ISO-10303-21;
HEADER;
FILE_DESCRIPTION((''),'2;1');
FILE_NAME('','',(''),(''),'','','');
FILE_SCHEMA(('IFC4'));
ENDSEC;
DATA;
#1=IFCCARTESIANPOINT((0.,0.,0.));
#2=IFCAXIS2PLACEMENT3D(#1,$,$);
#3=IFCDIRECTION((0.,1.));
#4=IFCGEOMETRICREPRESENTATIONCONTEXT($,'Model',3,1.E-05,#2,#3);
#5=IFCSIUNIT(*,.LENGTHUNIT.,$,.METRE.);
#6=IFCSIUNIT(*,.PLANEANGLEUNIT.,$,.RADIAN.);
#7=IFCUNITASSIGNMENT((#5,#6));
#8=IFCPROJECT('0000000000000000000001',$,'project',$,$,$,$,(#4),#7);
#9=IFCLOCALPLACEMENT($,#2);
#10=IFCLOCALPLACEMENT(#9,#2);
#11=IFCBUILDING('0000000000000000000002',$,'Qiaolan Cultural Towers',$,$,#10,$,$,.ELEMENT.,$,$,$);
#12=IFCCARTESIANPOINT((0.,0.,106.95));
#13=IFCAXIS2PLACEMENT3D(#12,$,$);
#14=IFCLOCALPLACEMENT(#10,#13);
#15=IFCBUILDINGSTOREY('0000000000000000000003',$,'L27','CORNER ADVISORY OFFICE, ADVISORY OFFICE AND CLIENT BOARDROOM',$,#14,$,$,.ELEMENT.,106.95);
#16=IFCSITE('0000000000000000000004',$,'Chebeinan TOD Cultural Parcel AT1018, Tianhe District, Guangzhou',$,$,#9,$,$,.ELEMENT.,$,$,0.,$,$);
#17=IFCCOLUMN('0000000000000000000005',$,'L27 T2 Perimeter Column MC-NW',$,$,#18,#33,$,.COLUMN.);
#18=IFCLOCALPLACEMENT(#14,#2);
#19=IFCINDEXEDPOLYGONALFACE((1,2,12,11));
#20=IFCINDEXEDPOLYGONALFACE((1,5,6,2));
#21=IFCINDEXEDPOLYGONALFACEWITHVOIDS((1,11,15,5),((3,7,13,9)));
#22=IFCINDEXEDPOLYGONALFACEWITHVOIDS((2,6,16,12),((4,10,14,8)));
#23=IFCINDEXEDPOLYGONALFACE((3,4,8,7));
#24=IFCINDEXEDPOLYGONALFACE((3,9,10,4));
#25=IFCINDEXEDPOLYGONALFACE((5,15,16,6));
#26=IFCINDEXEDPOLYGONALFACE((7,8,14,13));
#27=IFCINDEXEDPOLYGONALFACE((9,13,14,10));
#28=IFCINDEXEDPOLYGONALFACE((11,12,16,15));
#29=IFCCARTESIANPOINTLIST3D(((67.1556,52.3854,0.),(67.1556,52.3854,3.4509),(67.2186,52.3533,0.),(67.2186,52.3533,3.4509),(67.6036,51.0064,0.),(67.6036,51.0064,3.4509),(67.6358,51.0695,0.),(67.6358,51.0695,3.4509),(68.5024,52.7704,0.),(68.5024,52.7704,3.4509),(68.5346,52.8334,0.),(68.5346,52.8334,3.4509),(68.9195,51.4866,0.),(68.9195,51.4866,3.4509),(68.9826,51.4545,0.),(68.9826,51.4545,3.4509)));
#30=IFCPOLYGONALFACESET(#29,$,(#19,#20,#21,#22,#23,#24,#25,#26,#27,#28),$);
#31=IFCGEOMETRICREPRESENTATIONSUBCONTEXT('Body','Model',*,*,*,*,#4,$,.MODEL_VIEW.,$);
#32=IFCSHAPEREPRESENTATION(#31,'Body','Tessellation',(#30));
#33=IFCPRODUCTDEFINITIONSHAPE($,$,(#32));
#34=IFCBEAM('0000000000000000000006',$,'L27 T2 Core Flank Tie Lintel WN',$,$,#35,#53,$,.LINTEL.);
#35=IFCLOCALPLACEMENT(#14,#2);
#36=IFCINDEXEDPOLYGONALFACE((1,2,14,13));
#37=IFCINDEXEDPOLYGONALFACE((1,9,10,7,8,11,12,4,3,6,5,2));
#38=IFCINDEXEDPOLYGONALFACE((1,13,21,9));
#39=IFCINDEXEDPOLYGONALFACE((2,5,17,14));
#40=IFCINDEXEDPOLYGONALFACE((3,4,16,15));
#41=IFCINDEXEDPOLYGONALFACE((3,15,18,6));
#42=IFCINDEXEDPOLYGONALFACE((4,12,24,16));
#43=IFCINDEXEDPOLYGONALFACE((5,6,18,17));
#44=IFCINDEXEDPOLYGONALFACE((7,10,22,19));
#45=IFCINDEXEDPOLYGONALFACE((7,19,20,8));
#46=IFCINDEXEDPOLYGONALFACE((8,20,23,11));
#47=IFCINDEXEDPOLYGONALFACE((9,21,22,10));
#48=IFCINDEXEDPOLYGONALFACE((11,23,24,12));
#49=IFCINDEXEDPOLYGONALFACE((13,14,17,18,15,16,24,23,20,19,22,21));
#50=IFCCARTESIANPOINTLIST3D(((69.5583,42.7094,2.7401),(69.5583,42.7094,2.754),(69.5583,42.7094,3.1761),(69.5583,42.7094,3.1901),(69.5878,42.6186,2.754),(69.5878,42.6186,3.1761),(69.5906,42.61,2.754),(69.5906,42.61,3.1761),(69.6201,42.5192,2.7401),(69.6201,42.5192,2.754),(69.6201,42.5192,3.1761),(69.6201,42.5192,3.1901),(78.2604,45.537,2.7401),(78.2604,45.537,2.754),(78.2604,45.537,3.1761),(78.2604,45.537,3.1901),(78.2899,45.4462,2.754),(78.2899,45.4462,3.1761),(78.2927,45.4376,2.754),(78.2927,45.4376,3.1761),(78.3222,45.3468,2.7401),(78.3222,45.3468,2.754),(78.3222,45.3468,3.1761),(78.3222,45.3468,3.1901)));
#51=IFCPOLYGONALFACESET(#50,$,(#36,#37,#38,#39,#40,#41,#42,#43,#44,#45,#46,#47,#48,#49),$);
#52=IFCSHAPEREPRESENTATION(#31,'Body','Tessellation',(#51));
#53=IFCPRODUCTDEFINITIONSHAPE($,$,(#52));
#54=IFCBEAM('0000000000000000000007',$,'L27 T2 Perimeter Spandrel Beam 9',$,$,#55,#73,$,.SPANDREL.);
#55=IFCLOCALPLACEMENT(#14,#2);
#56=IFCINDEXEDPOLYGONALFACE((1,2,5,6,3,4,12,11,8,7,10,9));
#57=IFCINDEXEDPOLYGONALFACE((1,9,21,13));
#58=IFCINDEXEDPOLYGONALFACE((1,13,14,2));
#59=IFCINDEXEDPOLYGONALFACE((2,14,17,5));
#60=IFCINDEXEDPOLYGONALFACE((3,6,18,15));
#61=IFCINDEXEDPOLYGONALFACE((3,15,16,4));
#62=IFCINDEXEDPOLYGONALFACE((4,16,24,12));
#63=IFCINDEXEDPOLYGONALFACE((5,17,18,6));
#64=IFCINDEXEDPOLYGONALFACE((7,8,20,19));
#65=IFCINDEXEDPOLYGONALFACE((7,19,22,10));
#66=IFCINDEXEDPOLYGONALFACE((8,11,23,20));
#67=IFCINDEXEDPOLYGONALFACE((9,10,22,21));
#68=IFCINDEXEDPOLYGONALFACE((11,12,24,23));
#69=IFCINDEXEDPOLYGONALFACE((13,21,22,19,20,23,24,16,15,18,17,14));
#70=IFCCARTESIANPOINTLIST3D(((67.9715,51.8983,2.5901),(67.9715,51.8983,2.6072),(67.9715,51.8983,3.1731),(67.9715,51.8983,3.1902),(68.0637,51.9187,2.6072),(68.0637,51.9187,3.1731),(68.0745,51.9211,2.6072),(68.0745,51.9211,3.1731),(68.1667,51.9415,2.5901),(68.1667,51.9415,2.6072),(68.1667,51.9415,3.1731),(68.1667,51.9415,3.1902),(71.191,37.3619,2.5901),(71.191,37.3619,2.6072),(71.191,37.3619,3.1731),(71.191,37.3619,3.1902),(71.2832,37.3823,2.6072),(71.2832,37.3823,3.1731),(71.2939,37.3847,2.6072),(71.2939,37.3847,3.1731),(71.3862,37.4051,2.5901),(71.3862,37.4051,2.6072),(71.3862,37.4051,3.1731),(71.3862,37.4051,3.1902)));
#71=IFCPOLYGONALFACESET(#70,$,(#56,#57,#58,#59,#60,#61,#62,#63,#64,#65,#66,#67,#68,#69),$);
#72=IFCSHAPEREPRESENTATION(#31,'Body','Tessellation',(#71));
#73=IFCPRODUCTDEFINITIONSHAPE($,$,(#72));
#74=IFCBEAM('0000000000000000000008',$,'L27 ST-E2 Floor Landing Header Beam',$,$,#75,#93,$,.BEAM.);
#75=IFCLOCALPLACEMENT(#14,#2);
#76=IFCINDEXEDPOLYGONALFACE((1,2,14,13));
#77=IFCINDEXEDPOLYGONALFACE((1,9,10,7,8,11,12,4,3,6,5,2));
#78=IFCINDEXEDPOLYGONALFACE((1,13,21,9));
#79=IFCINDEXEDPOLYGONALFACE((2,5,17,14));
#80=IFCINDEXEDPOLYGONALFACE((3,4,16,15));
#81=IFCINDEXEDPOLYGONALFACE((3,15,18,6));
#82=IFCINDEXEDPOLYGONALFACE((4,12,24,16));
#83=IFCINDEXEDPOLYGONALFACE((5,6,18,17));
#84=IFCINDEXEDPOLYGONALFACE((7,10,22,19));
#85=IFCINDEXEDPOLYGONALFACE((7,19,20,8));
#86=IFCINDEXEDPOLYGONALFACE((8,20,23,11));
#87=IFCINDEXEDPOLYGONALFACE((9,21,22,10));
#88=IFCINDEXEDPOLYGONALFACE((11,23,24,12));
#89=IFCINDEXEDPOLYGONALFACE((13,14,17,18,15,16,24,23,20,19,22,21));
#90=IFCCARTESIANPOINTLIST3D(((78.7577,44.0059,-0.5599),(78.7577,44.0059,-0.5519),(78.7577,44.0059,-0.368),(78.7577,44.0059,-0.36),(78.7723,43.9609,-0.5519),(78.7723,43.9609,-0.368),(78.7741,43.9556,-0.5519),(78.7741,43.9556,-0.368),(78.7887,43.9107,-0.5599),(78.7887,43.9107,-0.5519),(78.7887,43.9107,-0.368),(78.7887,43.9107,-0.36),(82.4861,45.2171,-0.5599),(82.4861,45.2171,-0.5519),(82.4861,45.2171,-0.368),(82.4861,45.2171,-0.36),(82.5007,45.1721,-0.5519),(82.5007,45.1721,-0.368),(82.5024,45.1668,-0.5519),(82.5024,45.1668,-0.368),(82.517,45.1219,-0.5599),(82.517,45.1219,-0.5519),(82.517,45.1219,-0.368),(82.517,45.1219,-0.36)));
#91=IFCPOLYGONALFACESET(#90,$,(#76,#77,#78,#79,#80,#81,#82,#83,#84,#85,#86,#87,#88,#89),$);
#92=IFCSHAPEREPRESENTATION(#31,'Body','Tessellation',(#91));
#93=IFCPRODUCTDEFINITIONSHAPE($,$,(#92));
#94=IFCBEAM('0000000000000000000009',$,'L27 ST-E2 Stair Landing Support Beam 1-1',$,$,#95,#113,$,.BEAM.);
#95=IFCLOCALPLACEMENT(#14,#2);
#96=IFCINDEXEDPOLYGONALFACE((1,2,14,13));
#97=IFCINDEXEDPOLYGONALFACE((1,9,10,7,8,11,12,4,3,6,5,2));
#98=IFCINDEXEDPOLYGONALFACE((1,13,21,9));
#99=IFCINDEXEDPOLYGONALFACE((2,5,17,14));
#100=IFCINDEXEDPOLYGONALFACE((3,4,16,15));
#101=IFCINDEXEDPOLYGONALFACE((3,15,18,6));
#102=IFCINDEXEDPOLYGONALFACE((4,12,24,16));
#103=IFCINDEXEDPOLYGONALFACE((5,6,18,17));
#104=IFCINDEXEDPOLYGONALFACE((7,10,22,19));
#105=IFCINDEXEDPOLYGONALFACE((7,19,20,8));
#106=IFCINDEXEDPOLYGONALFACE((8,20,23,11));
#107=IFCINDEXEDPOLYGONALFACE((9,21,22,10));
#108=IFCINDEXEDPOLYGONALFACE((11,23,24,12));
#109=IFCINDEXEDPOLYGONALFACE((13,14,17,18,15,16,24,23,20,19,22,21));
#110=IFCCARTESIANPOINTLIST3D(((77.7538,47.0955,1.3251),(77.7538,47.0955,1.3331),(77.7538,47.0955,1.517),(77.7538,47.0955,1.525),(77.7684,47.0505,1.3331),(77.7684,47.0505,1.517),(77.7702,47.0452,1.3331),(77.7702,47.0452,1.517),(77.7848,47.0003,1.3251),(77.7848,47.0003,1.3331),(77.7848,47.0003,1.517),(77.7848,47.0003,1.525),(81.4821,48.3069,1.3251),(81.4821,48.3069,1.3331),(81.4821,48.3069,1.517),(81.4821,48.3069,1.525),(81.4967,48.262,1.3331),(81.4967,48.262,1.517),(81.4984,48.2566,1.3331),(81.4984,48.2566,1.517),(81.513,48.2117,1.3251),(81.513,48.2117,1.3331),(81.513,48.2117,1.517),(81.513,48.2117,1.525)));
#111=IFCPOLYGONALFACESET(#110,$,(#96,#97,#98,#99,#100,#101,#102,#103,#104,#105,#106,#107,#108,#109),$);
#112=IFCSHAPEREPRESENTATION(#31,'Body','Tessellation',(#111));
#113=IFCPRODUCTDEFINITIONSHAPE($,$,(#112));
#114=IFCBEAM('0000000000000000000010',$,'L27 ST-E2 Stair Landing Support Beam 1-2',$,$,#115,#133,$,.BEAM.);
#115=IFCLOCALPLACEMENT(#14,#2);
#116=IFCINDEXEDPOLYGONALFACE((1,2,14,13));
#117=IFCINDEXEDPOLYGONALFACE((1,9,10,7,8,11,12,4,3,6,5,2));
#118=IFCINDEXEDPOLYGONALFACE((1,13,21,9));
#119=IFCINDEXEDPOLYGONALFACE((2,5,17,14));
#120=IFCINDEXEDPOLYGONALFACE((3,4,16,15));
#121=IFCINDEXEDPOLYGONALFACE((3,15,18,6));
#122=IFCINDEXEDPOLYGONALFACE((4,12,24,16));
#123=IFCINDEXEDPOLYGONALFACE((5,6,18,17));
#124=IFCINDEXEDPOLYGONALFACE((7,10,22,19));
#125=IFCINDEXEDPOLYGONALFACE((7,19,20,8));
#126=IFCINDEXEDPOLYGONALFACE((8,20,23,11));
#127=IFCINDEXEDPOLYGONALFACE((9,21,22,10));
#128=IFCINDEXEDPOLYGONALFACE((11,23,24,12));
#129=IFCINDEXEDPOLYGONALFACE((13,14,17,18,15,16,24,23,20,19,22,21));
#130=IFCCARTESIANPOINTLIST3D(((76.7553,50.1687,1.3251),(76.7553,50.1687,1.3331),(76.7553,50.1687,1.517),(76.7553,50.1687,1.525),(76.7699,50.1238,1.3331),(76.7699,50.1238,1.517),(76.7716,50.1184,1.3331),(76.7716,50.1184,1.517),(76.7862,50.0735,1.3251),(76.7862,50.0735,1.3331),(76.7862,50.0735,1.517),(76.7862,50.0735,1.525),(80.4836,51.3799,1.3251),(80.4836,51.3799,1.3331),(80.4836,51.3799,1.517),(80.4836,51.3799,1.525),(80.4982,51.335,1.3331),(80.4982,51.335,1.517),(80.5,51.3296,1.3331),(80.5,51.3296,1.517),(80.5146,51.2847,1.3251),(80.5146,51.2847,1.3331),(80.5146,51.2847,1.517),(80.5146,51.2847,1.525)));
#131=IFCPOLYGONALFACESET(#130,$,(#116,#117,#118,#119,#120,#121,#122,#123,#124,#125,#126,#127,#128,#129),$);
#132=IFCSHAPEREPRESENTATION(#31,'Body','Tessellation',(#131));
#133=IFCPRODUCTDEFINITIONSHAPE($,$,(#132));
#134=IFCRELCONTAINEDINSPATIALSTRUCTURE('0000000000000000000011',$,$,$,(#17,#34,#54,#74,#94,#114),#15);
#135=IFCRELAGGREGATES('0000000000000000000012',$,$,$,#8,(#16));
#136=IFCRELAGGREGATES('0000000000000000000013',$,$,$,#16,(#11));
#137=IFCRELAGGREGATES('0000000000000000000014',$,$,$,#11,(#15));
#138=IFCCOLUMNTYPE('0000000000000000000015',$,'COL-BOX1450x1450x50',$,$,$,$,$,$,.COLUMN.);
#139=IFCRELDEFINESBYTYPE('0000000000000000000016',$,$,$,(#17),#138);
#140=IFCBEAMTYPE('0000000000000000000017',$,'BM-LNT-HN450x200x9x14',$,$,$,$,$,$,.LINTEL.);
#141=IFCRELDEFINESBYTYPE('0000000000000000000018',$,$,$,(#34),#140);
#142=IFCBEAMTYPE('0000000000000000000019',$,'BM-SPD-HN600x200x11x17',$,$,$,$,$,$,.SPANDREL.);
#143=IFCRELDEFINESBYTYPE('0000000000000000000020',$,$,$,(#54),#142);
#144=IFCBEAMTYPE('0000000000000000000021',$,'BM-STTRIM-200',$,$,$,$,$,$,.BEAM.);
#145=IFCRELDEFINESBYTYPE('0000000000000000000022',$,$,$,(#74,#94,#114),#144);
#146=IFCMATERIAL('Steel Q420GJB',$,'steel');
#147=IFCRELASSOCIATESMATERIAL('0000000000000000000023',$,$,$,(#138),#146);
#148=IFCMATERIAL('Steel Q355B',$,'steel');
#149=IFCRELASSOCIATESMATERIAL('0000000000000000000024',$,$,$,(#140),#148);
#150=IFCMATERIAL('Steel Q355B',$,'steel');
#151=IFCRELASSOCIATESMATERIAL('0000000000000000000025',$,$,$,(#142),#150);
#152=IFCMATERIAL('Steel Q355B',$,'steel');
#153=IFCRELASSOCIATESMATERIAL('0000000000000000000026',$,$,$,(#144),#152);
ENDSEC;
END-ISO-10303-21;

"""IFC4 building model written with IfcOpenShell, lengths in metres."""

from ifc_helpers import new_model, si_unit, direction, frame, origin, origin_2d, place, context, subcontext, project, spatial, hollow_rectangle, i_section, extrude, material, material_profile, profile_set, type_object, element, save


model = new_model("IFC4")

# Units and contexts
model_context = context("Model", 3, precision=1e-05, world=origin(), true_north=direction((0.0, 1.0)))
body_context = subcontext(model_context, "Body", "Model", "MODEL_VIEW")
ifc_project = project(units=[si_unit("LENGTHUNIT", "METRE"), si_unit("PLANEANGLEUNIT", "RADIAN")], contexts=[model_context])

# Site, building, storey
site_placement = place(None, origin())
site = spatial("IfcSite", under=ifc_project, at=site_placement, Name="Chebeinan TOD Cultural Parcel AT1018, Tianhe District, Guangzhou", CompositionType="ELEMENT", RefElevation=0.0)
building_placement = place(site_placement, origin())
building = spatial("IfcBuilding", under=site, at=building_placement, Name="Qiaolan Cultural Towers", CompositionType="ELEMENT")
storey_placement = place(building_placement, frame((0.0, 0.0, 106.95)))
storey = spatial("IfcBuildingStorey", under=building, at=storey_placement, Name="L27", Description="CORNER ADVISORY OFFICE, ADVISORY OFFICE AND CLIENT BOARDROOM", CompositionType="ELEMENT", Elevation=106.95)

# Column
ifc_material_1 = material(Name="Steel Q420GJB", Category="steel")
ifc_material_profile_1 = material_profile(ifc_material_1, hollow_rectangle(XDim=1.45, YDim=1.45, WallThickness=0.05, at=origin_2d()), Name="BOX1450x1450x50")
ifc_profile_set_1 = profile_set([ifc_material_profile_1], Name="Steel Q420GJB")
column_type = type_object("IfcColumnType", Name="COL-BOX1450x1450x50", PredefinedType="COLUMN", material=ifc_profile_set_1)
column_placement = place(storey_placement, frame((68.0691, 51.9199, 0.0), z_axis=(0.0, 0.0, 1.0), x_axis=(0.951057, 0.309017, 0.0)))
element("IfcColumn", 1, at=column_placement, inside=storey, type_object=column_type, Name="L27 T2 Perimeter Column MC-NW", PredefinedType="COLUMN", context=body_context, shape_type="SweptSolid", body=[
    extrude(hollow_rectangle(XDim=1.45, YDim=1.45, WallThickness=0.05, at=origin_2d()), origin(), (0.0, 0.0, 1.0), 3.4509),
])

# Beams
ifc_material_2 = material(Name="Steel Q355B", Category="steel")
ifc_material_profile_2 = material_profile(ifc_material_2, i_section(OverallWidth=0.2, OverallDepth=0.45, WebThickness=0.009, FlangeThickness=0.0139, at=origin_2d()), Name="HN450x200x9x14")
ifc_profile_set_2 = profile_set([ifc_material_profile_2], Name="Steel Q355B")
beam_type_1 = type_object("IfcBeamType", Name="BM-LNT-HN450x200x9x14", PredefinedType="LINTEL", material=ifc_profile_set_2)
beam_1_placement = place(storey_placement, frame((78.2913, 45.4419, 2.9651), z_axis=(-0.951052, -0.309031, 0.0), x_axis=(0.309031, -0.951052, 0.0)))
element("IfcBeam", 2, at=beam_1_placement, inside=storey, type_object=beam_type_1, Name="L27 T2 Core Flank Tie Lintel WN", PredefinedType="LINTEL", context=body_context, shape_type="SweptSolid", body=[
    extrude(i_section(OverallWidth=0.2, OverallDepth=0.45, WebThickness=0.009, FlangeThickness=0.0139, at=origin_2d()), origin(), (0.0, 0.0, 1.0), 9.1499),
])
ifc_material_3 = material(Name="Steel Q355B", Category="steel")
ifc_material_profile_3 = material_profile(ifc_material_3, i_section(OverallWidth=0.2, OverallDepth=0.6001, WebThickness=0.011, FlangeThickness=0.0171, at=origin_2d()), Name="HN600x200x11x17")
ifc_profile_set_3 = profile_set([ifc_material_profile_3], Name="Steel Q355B")
beam_type_2 = type_object("IfcBeamType", Name="BM-SPD-HN600x200x11x17", PredefinedType="SPANDREL", material=ifc_profile_set_3)
beam_2_placement = place(storey_placement, frame((68.0691, 51.9199, 2.8901), z_axis=(0.216238, -0.976341, 0.0), x_axis=(0.976341, 0.216238, 0.0)))
element("IfcBeam", 3, at=beam_2_placement, inside=storey, type_object=beam_type_2, Name="L27 T2 Perimeter Spandrel Beam 9", PredefinedType="SPANDREL", context=body_context, shape_type="SweptSolid", body=[
    extrude(i_section(OverallWidth=0.2, OverallDepth=0.6001, WebThickness=0.011, FlangeThickness=0.0171, at=origin_2d()), origin(), (0.0, 0.0, 1.0), 14.8887),
])
ifc_material_4 = material(Name="Steel Q355B", Category="steel")
ifc_material_profile_4 = material_profile(ifc_material_4, i_section(OverallWidth=0.1001, OverallDepth=0.2, WebThickness=0.0056, FlangeThickness=0.0081, at=origin_2d()), Name="HN200x100x5.5x8")
ifc_profile_set_4 = profile_set([ifc_material_profile_4], Name="Steel Q355B")
beam_type_3 = type_object("IfcBeamType", Name="BM-STTRIM-200", PredefinedType="BEAM", material=ifc_profile_set_4)
for number, where, z_axis, x_axis, name in (
    (4, (78.7732, 43.9583, -0.46), (0.951072, 0.308969, 0.0), (-0.308969, 0.951072, 0.0), "L27 ST-E2 Floor Landing Header Beam"),
    (5, (77.7693, 47.0479, 1.425), (0.951054, 0.309026, 0.0), (-0.309026, 0.951054, 0.0), "L27 ST-E2 Stair Landing Support Beam 1-1"),
    (6, (76.7708, 50.1211, 1.425), (0.951072, 0.308969, 0.0), (-0.308969, 0.951072, 0.0), "L27 ST-E2 Stair Landing Support Beam 1-2"),
):
    element("IfcBeam", number, at=place(storey_placement, frame(where, z_axis=z_axis, x_axis=x_axis)), inside=storey, type_object=beam_type_3, Name=name, PredefinedType="BEAM", context=body_context, shape_type="SweptSolid", body=[
        extrude(i_section(OverallWidth=0.1001, OverallDepth=0.2, WebThickness=0.0056, FlangeThickness=0.0081, at=origin_2d()), origin(), (0.0, 0.0, 1.0), 3.9202),
    ])

save(model, "model.ifc")
